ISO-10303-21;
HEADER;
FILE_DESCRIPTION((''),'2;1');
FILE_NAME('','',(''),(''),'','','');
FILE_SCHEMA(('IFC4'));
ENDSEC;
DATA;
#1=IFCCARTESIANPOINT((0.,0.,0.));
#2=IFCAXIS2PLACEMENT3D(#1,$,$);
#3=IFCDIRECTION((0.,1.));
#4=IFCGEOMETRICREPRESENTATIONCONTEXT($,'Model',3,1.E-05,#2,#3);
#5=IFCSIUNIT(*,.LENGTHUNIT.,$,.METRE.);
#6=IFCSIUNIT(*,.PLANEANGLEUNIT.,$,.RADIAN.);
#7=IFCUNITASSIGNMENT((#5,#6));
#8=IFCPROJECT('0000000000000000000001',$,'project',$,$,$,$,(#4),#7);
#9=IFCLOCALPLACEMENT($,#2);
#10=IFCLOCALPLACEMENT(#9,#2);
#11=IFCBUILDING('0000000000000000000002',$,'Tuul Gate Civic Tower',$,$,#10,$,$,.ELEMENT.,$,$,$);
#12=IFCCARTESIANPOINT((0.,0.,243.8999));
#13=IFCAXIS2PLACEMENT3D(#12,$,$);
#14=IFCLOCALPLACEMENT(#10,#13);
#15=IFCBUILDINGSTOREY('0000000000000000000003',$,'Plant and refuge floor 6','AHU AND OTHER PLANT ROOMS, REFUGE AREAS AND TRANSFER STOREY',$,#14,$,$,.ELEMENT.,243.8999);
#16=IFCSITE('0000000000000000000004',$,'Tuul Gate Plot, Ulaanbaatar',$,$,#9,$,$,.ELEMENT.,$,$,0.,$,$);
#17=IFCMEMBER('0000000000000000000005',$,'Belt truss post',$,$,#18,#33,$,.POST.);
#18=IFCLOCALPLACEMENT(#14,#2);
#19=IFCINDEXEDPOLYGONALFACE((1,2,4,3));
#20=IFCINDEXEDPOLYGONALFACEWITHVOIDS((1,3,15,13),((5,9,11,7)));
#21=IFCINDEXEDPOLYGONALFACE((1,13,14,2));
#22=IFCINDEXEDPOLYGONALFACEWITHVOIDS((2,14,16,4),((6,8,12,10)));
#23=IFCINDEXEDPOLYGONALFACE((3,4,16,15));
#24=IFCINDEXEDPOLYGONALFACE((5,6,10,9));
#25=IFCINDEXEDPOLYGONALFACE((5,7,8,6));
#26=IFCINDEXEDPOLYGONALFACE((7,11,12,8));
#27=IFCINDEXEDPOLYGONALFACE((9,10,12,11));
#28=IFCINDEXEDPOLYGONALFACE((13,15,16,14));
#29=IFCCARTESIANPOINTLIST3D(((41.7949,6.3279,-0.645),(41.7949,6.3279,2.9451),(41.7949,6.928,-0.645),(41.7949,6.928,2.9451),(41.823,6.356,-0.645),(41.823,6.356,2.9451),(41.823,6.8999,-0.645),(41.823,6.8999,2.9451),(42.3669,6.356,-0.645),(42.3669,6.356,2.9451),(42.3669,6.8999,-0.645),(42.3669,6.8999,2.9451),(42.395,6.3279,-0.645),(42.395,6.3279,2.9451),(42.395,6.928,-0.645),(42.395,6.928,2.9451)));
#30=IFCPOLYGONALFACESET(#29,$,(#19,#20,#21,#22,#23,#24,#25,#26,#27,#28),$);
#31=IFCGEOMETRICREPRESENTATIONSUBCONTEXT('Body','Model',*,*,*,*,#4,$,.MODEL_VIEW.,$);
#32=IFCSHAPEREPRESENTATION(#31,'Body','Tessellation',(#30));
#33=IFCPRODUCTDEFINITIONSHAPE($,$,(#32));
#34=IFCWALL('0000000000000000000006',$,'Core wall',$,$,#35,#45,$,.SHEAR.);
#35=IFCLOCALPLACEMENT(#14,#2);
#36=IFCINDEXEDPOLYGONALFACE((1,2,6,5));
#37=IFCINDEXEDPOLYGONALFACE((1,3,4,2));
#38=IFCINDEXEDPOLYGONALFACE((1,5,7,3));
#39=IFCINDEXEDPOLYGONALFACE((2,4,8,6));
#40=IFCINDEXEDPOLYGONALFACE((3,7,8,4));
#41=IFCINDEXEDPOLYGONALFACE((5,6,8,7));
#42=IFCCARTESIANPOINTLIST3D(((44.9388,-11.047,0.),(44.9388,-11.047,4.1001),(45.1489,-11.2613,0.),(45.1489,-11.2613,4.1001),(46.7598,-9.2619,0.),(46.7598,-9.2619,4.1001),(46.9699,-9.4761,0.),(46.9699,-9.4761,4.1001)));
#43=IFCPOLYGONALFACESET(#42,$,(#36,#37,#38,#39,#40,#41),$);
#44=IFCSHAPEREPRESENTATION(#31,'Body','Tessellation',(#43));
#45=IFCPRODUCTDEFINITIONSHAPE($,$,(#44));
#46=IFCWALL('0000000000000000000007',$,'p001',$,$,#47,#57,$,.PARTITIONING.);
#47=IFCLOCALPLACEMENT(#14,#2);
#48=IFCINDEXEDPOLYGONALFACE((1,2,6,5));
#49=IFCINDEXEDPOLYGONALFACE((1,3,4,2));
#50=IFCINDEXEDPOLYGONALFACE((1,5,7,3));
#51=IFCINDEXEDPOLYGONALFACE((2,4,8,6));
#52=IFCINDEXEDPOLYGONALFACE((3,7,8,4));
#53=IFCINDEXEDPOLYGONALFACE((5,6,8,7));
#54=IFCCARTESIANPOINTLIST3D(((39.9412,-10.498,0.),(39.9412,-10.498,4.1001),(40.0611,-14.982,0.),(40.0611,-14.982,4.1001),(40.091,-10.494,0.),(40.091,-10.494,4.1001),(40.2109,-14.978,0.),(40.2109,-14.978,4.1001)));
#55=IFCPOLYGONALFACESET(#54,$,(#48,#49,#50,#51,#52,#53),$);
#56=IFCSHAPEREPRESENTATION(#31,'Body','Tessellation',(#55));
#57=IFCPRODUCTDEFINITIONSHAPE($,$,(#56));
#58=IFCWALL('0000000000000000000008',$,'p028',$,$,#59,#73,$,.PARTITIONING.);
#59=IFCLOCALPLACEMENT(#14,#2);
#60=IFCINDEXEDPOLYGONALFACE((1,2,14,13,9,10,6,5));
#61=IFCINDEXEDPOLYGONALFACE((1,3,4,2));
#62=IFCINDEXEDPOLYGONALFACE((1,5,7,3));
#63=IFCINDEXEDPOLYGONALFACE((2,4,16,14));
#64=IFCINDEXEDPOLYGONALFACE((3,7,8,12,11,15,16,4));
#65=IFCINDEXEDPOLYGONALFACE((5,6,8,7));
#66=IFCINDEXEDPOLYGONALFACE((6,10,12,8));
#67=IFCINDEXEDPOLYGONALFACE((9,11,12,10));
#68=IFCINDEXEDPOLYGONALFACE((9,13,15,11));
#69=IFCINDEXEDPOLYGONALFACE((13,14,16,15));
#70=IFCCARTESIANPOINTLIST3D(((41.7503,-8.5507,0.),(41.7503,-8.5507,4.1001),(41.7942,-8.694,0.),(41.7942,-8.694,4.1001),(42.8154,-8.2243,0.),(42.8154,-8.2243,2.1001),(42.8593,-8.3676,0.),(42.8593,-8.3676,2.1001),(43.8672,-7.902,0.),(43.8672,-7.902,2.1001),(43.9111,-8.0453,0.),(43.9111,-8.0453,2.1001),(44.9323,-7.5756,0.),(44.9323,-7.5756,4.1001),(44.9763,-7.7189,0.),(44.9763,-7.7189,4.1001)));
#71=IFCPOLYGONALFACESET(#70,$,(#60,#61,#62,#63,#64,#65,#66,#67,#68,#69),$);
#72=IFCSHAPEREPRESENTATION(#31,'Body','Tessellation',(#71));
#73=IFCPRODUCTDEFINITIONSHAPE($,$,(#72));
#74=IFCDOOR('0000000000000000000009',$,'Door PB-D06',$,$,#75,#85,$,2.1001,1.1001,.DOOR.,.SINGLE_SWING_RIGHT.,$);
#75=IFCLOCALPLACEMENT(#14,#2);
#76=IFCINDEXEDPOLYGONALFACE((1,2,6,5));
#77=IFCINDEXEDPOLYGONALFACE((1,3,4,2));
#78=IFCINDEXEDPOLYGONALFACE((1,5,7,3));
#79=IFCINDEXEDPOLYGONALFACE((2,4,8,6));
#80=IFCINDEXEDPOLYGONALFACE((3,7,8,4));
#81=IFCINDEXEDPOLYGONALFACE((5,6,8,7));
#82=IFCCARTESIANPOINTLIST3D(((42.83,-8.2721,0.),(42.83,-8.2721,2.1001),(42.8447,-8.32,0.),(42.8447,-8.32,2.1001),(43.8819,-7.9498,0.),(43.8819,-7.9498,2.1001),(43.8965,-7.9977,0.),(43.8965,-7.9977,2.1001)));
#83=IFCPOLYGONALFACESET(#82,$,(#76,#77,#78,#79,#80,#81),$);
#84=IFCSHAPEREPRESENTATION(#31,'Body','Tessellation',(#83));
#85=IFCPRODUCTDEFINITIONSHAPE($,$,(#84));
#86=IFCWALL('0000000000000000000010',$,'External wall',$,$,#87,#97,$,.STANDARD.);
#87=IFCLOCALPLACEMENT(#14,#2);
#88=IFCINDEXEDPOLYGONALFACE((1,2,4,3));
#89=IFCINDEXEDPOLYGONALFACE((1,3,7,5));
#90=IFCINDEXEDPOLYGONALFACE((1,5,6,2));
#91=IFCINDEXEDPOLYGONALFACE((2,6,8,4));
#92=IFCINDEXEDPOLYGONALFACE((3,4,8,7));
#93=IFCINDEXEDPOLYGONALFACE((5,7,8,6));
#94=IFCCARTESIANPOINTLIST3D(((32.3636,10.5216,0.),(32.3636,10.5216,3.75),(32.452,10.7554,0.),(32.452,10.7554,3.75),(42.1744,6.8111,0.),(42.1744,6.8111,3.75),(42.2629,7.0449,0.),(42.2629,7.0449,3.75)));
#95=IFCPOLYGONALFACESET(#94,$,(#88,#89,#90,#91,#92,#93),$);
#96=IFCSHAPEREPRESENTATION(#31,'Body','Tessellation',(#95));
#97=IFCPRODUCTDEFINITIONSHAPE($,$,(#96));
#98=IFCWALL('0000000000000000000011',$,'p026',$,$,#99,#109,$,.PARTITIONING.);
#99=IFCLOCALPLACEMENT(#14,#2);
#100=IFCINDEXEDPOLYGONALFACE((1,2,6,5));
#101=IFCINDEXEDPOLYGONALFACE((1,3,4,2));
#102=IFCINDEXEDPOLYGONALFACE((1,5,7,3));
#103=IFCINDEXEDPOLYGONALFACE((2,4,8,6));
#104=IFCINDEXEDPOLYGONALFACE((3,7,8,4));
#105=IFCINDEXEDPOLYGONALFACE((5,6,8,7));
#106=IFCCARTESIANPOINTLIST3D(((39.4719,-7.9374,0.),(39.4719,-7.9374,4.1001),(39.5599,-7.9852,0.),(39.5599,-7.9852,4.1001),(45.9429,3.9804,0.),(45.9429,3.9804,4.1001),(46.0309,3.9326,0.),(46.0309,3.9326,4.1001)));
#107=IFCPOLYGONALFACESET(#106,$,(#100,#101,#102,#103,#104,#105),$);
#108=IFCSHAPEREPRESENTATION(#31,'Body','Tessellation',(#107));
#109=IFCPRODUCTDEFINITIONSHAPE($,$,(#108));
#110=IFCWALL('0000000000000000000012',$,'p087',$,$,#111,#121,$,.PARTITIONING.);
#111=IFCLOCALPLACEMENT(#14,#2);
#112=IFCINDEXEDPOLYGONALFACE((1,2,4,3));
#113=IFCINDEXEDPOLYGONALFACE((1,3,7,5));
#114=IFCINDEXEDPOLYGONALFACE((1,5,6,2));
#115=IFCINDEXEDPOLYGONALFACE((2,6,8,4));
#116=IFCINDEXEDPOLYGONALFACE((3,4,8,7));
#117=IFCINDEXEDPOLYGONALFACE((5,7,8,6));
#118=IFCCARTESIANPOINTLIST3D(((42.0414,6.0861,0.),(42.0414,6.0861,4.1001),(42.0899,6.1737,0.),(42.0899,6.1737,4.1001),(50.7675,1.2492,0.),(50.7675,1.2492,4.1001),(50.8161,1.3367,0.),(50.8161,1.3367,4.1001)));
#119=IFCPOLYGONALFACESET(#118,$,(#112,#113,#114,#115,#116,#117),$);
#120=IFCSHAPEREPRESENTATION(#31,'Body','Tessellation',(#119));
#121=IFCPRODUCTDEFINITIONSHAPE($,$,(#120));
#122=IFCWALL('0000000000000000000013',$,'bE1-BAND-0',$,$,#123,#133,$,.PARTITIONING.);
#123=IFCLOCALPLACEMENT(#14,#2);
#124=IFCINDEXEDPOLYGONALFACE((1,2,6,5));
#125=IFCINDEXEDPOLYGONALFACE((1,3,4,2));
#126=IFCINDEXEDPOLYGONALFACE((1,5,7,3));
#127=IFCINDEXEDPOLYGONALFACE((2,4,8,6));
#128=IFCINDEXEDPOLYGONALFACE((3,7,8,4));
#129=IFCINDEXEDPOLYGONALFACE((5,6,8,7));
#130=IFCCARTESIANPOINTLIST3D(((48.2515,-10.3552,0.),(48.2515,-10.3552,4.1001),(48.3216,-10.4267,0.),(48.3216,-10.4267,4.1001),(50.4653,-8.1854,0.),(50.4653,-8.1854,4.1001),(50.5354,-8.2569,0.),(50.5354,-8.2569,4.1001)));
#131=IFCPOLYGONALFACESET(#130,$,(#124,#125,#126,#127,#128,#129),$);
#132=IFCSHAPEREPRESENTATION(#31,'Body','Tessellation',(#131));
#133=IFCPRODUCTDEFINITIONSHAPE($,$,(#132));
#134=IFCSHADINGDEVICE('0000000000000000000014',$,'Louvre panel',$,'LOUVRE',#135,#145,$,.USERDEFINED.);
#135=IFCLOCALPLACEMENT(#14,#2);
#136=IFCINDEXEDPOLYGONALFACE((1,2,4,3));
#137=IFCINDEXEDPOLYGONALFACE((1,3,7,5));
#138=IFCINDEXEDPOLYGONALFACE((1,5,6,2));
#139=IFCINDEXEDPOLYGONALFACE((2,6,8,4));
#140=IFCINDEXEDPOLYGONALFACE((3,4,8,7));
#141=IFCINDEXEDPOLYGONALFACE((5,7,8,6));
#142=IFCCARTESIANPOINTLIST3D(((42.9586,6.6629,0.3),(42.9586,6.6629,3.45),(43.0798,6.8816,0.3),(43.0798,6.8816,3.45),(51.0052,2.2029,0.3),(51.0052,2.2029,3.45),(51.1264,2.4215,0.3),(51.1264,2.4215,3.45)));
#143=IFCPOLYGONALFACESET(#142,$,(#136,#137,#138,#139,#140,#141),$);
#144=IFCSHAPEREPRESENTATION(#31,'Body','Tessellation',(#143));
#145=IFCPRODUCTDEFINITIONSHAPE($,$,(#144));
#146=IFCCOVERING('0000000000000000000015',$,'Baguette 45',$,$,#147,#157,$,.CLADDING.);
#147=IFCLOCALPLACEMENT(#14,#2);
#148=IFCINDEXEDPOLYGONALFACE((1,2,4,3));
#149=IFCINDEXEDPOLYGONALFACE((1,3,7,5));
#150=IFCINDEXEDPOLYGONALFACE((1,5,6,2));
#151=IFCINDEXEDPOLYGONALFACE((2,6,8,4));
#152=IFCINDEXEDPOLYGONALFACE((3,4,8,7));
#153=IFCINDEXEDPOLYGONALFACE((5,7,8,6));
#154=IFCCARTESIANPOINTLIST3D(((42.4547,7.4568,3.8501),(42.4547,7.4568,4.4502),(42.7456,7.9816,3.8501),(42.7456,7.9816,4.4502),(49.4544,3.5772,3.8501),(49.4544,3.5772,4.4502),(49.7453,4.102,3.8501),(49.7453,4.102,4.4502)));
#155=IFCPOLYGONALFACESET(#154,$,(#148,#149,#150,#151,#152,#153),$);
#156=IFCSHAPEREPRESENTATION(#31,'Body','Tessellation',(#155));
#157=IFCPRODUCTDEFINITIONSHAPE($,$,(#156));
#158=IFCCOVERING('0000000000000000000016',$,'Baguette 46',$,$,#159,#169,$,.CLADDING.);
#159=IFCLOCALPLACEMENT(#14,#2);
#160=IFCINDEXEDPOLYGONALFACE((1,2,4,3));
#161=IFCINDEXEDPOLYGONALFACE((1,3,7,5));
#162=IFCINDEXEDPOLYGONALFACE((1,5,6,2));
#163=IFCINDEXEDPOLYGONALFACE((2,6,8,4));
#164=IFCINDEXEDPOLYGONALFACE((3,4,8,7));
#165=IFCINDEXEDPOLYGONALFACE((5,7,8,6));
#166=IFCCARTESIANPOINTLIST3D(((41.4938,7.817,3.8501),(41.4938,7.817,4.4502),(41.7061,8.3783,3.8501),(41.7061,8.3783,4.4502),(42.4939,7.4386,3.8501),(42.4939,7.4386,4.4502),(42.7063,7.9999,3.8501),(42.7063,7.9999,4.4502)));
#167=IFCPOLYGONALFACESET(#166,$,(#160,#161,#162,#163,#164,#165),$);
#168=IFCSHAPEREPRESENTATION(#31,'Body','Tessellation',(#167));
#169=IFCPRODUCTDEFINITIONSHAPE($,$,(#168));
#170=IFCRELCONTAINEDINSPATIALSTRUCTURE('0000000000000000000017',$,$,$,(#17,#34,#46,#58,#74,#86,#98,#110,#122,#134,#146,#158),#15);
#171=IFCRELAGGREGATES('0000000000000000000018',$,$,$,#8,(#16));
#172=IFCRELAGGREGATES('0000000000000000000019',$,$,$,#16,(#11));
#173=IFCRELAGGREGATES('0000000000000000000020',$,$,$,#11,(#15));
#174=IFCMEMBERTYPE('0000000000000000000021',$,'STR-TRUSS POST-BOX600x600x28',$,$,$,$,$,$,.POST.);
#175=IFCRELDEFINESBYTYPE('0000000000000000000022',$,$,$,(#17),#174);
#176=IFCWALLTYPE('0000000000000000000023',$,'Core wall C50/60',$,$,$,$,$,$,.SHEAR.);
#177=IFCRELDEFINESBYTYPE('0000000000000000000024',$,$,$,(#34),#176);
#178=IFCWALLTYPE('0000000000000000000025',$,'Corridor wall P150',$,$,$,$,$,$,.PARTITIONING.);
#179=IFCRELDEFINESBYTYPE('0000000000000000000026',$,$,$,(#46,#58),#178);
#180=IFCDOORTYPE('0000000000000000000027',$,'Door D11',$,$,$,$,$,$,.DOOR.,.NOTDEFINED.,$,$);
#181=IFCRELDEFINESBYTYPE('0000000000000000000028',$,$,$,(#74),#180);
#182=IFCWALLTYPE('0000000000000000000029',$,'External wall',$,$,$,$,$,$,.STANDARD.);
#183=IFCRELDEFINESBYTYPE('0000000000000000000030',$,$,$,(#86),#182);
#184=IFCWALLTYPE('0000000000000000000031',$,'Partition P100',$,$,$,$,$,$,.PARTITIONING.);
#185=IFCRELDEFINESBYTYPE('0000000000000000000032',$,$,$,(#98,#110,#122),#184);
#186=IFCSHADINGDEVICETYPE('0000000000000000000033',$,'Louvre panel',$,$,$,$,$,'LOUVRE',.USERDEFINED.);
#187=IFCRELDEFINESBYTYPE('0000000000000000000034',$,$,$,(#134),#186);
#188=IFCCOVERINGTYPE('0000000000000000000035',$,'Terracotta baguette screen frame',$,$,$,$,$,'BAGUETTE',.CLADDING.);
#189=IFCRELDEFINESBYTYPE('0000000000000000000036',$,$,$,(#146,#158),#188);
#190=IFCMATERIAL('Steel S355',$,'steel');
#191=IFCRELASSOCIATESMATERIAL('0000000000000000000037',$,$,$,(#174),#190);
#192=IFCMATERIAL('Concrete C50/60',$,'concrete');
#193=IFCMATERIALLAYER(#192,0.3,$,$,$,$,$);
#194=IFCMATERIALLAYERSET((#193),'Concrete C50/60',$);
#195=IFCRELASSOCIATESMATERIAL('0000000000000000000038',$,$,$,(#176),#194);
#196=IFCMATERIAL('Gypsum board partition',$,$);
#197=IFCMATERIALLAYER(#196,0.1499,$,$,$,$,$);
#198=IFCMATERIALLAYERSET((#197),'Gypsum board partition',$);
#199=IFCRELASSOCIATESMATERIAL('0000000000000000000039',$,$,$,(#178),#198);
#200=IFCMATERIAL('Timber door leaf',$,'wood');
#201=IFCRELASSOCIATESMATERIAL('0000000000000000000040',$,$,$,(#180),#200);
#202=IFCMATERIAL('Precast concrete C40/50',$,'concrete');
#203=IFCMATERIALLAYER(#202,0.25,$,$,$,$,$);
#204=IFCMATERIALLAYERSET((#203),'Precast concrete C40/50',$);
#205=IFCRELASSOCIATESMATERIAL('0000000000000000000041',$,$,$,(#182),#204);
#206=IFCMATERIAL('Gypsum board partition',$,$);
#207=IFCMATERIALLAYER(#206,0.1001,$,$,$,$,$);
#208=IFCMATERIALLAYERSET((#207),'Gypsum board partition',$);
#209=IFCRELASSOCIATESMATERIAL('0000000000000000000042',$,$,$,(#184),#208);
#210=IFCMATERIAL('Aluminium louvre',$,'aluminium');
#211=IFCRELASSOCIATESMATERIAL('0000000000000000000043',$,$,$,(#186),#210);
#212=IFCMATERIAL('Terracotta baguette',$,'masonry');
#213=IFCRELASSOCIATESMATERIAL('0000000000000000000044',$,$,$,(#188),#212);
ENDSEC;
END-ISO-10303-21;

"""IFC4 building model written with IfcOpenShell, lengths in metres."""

from ifc_helpers import new_model, si_unit, direction, frame, frame_2d, origin, origin_2d, place, context, subcontext, project, spatial, rectangle, hollow_rectangle, extrude, material, layer, layer_set, material_profile, profile_set, type_object, element, fill, save


model = new_model("IFC4")

# Units and contexts
model_context = context("Model", 3, precision=1e-05, world=origin(), true_north=direction((0.0, 1.0)))
body_context = subcontext(model_context, "Body", "Model", "MODEL_VIEW")
ifc_project = project(units=[si_unit("LENGTHUNIT", "METRE"), si_unit("PLANEANGLEUNIT", "RADIAN")], contexts=[model_context])

# Site, building, storey
site_placement = place(None, origin())
site = spatial("IfcSite", under=ifc_project, at=site_placement, Name="Tuul Gate Plot, Ulaanbaatar", CompositionType="ELEMENT", RefElevation=0.0)
building_placement = place(site_placement, origin())
building = spatial("IfcBuilding", under=site, at=building_placement, Name="Tuul Gate Civic Tower", CompositionType="ELEMENT")
storey_placement = place(building_placement, frame((0.0, 0.0, 243.8999)))
storey = spatial("IfcBuildingStorey", under=building, at=storey_placement, Name="Plant and refuge floor 6", Description="AHU AND OTHER PLANT ROOMS, REFUGE AREAS AND TRANSFER STOREY", CompositionType="ELEMENT", Elevation=243.8999)

# Member
ifc_material_1 = material(Name="Steel S355", Category="steel")
ifc_material_profile_1 = material_profile(ifc_material_1, hollow_rectangle(XDim=0.6001, YDim=0.6001, WallThickness=0.0281, at=origin_2d()), Name="BOX600x600x28")
ifc_profile_set_1 = profile_set([ifc_material_profile_1], Name="Steel S355")
member_type_1 = type_object("IfcMemberType", Name="STR-TRUSS POST-BOX600x600x28", PredefinedType="POST", material=ifc_profile_set_1)
member_1_placement = place(storey_placement, frame((42.095, 6.6279, -0.645), z_axis=(0.0, 0.0, 1.0), x_axis=(1.0, 0.0, 0.0)))
element("IfcMember", 1, at=member_1_placement, inside=storey, type_object=member_type_1, Name="Belt truss post", PredefinedType="POST", context=body_context, shape_type="SweptSolid", body=[
    extrude(hollow_rectangle(XDim=0.6001, YDim=0.6001, WallThickness=0.0281, at=origin_2d()), origin(), (0.0, 0.0, 1.0), 3.5901),
])

# Walls
ifc_material_2 = material(Name="Concrete C50/60", Category="concrete")
ifc_layer_1 = layer(ifc_material_2, 0.3)
ifc_layer_set_1 = layer_set([ifc_layer_1], Name="Concrete C50/60")
wall_type_1 = type_object("IfcWallType", Name="Core wall C50/60", PredefinedType="SHEAR", material=ifc_layer_set_1)
wall_1_placement = place(storey_placement, frame((45.0439, -11.1541, 0.0), z_axis=(0.0, 0.0, 1.0), x_axis=(0.714108, 0.700035, 0.0)))
element("IfcWall", 2, at=wall_1_placement, inside=storey, type_object=wall_type_1, Name="Core wall", PredefinedType="SHEAR", context=body_context, shape_type="SweptSolid", body=[
    extrude(rectangle(XDim=2.55, YDim=0.3, at=frame_2d((1.2749, 0.0))), origin(), (0.0, 0.0, 1.0), 4.1001),
])
ifc_material_3 = material(Name="Gypsum board partition")
ifc_layer_2 = layer(ifc_material_3, 0.1499)
ifc_layer_set_2 = layer_set([ifc_layer_2], Name="Gypsum board partition")
wall_type_2 = type_object("IfcWallType", Name="Corridor wall P150", PredefinedType="PARTITIONING", material=ifc_layer_set_2)
wall_2_placement = place(storey_placement, frame((40.0161, -10.4961, 0.0), z_axis=(0.0, 0.0, 1.0), x_axis=(0.026725, -0.999643, 0.0)))
element("IfcWall", 3, at=wall_2_placement, inside=storey, type_object=wall_type_2, Name="p001", PredefinedType="PARTITIONING", context=body_context, shape_type="SweptSolid", body=[
    extrude(rectangle(XDim=4.4856, YDim=0.1499, at=frame_2d((2.2427, 0.0))), origin(), (0.0, 0.0, 1.0), 4.1001),
])

# Wall, opening, door
wall_3_placement = place(storey_placement, frame((41.7722, -8.6223, 0.0), z_axis=(0.0, 0.0, 1.0), x_axis=(0.956118, 0.292983, 0.0)))
wall_3 = element("IfcWall", 4, at=wall_3_placement, inside=storey, type_object=wall_type_2, Name="p028", PredefinedType="PARTITIONING", context=body_context, shape_type="SweptSolid", body=[
    extrude(rectangle(XDim=3.3281, YDim=0.1499, at=frame_2d((1.6641, 0.0))), origin(), (0.0, 0.0, 1.0), 4.1001),
])
opening_placement = place(wall_3_placement, frame((1.114, 0.0, 0.0)))
opening = element("IfcOpeningElement", 5, at=opening_placement, cuts=wall_3, PredefinedType="OPENING", context=body_context, shape_type="SweptSolid", body=[
    extrude(rectangle(XDim=1.1001, YDim=2.1001, at=frame_2d((0.55, 1.05))), frame((0.0, 0.085, 0.0), z_axis=(0.0, -1.0, 0.0), x_axis=(1.0, 0.0, 0.0)), (0.0, 0.0, 1.0), 0.1699),
])
ifc_material_4 = material(Name="Timber door leaf", Category="wood")
door_type = type_object("IfcDoorType", Name="Door D11", OperationType="NOTDEFINED", PredefinedType="DOOR", material=ifc_material_4)
door_placement = place(opening_placement, origin())
door = element("IfcDoor", 6, at=door_placement, inside=storey, type_object=door_type, Name="Door PB-D06", OperationType="SINGLE_SWING_RIGHT", OverallHeight=2.1001, OverallWidth=1.1001, PredefinedType="DOOR", context=body_context, shape_type="SweptSolid", body=[
    extrude(rectangle(XDim=1.1001, YDim=2.1001, at=frame_2d((0.55, 1.05))), frame((0.0, 0.0249, 0.0), z_axis=(0.0, -1.0, 0.0), x_axis=(1.0, 0.0, 0.0)), (0.0, 0.0, 1.0), 0.05),
])
fill(opening, door)

# Walls
ifc_material_5 = material(Name="Precast concrete C40/50", Category="concrete")
ifc_layer_3 = layer(ifc_material_5, 0.25)
ifc_layer_set_3 = layer_set([ifc_layer_3], Name="Precast concrete C40/50")
wall_type_3 = type_object("IfcWallType", Name="External wall", PredefinedType="STANDARD", material=ifc_layer_set_3)
wall_4_placement = place(storey_placement, frame((42.2188, 6.928, 0.0), z_axis=(0.0, 0.0, 1.0), x_axis=(-0.935341, 0.353747, 0.0)))
element("IfcWall", 7, at=wall_4_placement, inside=storey, type_object=wall_type_3, Name="External wall", PredefinedType="STANDARD", context=body_context, shape_type="SweptSolid", body=[
    extrude(rectangle(XDim=10.489, YDim=0.25, at=frame_2d((5.2446, 0.0))), origin(), (0.0, 0.0, 1.0), 3.75),
])
ifc_material_6 = material(Name="Gypsum board partition")
ifc_layer_4 = layer(ifc_material_6, 0.1001)
ifc_layer_set_4 = layer_set([ifc_layer_4], Name="Gypsum board partition")
wall_type_4 = type_object("IfcWallType", Name="Partition P100", PredefinedType="PARTITIONING", material=ifc_layer_set_4)
wall_5_placement = place(storey_placement, frame((39.5159, -7.9614, 0.0), z_axis=(0.0, 0.0, 1.0), x_axis=(0.477167, 0.878812, 0.0)))
element("IfcWall", 8, at=wall_5_placement, inside=storey, type_object=wall_type_4, Name="p026", PredefinedType="PARTITIONING", context=body_context, shape_type="SweptSolid", body=[
    extrude(rectangle(XDim=13.5613, YDim=0.1001, at=frame_2d((6.7808, 0.0))), origin(), (0.0, 0.0, 1.0), 4.1001),
])
wall_6_placement = place(storey_placement, frame((42.0657, 6.1299, 0.0), z_axis=(0.0, 0.0, 1.0), x_axis=(0.874621, -0.484807, 0.0)))
element("IfcWall", 9, at=wall_6_placement, inside=storey, type_object=wall_type_4, Name="p087", PredefinedType="PARTITIONING", context=body_context, shape_type="SweptSolid", body=[
    extrude(rectangle(XDim=9.9771, YDim=0.1001, at=frame_2d((4.9885, 0.0))), origin(), (0.0, 0.0, 1.0), 4.1001),
])
wall_7_placement = place(storey_placement, frame((48.2866, -10.3909, 0.0), z_axis=(0.0, 0.0, 1.0), x_axis=(0.714159, 0.699983, 0.0)))
element("IfcWall", 10, at=wall_7_placement, inside=storey, type_object=wall_type_4, Name="bE1-BAND-0", PredefinedType="PARTITIONING", context=body_context, shape_type="SweptSolid", body=[
    extrude(rectangle(XDim=3.0999, YDim=0.1001, at=frame_2d((1.5498, 0.0))), origin(), (0.0, 0.0, 1.0), 4.1001),
])

# Shading device
ifc_material_7 = material(Name="Aluminium louvre", Category="aluminium")
shading_device_type = type_object("IfcShadingDeviceType", Name="Louvre panel", ElementType="LOUVRE", PredefinedType="USERDEFINED", material=ifc_material_7)
shading_device_placement = place(storey_placement, frame((47.0425, 4.5422, 0.3), z_axis=(0.0, 0.0, 1.0), x_axis=(0.484789, 0.874631, 0.0)))
element("IfcShadingDevice", 11, at=shading_device_placement, inside=storey, type_object=shading_device_type, Name="Louvre panel", ObjectType="LOUVRE", PredefinedType="USERDEFINED", context=body_context, shape_type="SweptSolid", body=[
    extrude(rectangle(XDim=0.25, YDim=9.2, at=origin_2d()), origin(), (0.0, 0.0, 1.0), 3.1499),
])

# Coverings
ifc_material_8 = material(Name="Terracotta baguette", Category="masonry")
ifc_material_profile_2 = material_profile(ifc_material_8, rectangle(XDim=0.6001, YDim=0.6001, at=origin_2d()), Name="Terracotta baguette screen frame")
ifc_profile_set_2 = profile_set([ifc_material_profile_2], Name="Terracotta baguette")
covering_type = type_object("IfcCoveringType", Name="Terracotta baguette screen frame", ElementType="BAGUETTE", PredefinedType="CLADDING", material=ifc_profile_set_2)
covering_1_placement = place(storey_placement, frame((49.5999, 3.8396, 4.1501), z_axis=(-0.87464, 0.484772, 0.0), x_axis=(-0.484772, -0.87464, 0.0)))
element("IfcCovering", 12, at=covering_1_placement, inside=storey, type_object=covering_type, Name="Baguette 45", PredefinedType="CLADDING", context=body_context, shape_type="SweptSolid", body=[
    extrude(rectangle(XDim=0.6001, YDim=0.6001, at=origin_2d()), origin(), (0.0, 0.0, 1.0), 8.0029),
])
covering_2_placement = place(storey_placement, frame((42.6001, 7.7192, 4.1501), z_axis=(-0.935303, 0.353849, 0.0), x_axis=(-0.353849, -0.935303, 0.0)))
element("IfcCovering", 13, at=covering_2_placement, inside=storey, type_object=covering_type, Name="Baguette 46", PredefinedType="CLADDING", context=body_context, shape_type="SweptSolid", body=[
    extrude(rectangle(XDim=0.6001, YDim=0.6001, at=origin_2d()), origin(), (0.0, 0.0, 1.0), 1.0693),
])

save(model, "model.ifc")
